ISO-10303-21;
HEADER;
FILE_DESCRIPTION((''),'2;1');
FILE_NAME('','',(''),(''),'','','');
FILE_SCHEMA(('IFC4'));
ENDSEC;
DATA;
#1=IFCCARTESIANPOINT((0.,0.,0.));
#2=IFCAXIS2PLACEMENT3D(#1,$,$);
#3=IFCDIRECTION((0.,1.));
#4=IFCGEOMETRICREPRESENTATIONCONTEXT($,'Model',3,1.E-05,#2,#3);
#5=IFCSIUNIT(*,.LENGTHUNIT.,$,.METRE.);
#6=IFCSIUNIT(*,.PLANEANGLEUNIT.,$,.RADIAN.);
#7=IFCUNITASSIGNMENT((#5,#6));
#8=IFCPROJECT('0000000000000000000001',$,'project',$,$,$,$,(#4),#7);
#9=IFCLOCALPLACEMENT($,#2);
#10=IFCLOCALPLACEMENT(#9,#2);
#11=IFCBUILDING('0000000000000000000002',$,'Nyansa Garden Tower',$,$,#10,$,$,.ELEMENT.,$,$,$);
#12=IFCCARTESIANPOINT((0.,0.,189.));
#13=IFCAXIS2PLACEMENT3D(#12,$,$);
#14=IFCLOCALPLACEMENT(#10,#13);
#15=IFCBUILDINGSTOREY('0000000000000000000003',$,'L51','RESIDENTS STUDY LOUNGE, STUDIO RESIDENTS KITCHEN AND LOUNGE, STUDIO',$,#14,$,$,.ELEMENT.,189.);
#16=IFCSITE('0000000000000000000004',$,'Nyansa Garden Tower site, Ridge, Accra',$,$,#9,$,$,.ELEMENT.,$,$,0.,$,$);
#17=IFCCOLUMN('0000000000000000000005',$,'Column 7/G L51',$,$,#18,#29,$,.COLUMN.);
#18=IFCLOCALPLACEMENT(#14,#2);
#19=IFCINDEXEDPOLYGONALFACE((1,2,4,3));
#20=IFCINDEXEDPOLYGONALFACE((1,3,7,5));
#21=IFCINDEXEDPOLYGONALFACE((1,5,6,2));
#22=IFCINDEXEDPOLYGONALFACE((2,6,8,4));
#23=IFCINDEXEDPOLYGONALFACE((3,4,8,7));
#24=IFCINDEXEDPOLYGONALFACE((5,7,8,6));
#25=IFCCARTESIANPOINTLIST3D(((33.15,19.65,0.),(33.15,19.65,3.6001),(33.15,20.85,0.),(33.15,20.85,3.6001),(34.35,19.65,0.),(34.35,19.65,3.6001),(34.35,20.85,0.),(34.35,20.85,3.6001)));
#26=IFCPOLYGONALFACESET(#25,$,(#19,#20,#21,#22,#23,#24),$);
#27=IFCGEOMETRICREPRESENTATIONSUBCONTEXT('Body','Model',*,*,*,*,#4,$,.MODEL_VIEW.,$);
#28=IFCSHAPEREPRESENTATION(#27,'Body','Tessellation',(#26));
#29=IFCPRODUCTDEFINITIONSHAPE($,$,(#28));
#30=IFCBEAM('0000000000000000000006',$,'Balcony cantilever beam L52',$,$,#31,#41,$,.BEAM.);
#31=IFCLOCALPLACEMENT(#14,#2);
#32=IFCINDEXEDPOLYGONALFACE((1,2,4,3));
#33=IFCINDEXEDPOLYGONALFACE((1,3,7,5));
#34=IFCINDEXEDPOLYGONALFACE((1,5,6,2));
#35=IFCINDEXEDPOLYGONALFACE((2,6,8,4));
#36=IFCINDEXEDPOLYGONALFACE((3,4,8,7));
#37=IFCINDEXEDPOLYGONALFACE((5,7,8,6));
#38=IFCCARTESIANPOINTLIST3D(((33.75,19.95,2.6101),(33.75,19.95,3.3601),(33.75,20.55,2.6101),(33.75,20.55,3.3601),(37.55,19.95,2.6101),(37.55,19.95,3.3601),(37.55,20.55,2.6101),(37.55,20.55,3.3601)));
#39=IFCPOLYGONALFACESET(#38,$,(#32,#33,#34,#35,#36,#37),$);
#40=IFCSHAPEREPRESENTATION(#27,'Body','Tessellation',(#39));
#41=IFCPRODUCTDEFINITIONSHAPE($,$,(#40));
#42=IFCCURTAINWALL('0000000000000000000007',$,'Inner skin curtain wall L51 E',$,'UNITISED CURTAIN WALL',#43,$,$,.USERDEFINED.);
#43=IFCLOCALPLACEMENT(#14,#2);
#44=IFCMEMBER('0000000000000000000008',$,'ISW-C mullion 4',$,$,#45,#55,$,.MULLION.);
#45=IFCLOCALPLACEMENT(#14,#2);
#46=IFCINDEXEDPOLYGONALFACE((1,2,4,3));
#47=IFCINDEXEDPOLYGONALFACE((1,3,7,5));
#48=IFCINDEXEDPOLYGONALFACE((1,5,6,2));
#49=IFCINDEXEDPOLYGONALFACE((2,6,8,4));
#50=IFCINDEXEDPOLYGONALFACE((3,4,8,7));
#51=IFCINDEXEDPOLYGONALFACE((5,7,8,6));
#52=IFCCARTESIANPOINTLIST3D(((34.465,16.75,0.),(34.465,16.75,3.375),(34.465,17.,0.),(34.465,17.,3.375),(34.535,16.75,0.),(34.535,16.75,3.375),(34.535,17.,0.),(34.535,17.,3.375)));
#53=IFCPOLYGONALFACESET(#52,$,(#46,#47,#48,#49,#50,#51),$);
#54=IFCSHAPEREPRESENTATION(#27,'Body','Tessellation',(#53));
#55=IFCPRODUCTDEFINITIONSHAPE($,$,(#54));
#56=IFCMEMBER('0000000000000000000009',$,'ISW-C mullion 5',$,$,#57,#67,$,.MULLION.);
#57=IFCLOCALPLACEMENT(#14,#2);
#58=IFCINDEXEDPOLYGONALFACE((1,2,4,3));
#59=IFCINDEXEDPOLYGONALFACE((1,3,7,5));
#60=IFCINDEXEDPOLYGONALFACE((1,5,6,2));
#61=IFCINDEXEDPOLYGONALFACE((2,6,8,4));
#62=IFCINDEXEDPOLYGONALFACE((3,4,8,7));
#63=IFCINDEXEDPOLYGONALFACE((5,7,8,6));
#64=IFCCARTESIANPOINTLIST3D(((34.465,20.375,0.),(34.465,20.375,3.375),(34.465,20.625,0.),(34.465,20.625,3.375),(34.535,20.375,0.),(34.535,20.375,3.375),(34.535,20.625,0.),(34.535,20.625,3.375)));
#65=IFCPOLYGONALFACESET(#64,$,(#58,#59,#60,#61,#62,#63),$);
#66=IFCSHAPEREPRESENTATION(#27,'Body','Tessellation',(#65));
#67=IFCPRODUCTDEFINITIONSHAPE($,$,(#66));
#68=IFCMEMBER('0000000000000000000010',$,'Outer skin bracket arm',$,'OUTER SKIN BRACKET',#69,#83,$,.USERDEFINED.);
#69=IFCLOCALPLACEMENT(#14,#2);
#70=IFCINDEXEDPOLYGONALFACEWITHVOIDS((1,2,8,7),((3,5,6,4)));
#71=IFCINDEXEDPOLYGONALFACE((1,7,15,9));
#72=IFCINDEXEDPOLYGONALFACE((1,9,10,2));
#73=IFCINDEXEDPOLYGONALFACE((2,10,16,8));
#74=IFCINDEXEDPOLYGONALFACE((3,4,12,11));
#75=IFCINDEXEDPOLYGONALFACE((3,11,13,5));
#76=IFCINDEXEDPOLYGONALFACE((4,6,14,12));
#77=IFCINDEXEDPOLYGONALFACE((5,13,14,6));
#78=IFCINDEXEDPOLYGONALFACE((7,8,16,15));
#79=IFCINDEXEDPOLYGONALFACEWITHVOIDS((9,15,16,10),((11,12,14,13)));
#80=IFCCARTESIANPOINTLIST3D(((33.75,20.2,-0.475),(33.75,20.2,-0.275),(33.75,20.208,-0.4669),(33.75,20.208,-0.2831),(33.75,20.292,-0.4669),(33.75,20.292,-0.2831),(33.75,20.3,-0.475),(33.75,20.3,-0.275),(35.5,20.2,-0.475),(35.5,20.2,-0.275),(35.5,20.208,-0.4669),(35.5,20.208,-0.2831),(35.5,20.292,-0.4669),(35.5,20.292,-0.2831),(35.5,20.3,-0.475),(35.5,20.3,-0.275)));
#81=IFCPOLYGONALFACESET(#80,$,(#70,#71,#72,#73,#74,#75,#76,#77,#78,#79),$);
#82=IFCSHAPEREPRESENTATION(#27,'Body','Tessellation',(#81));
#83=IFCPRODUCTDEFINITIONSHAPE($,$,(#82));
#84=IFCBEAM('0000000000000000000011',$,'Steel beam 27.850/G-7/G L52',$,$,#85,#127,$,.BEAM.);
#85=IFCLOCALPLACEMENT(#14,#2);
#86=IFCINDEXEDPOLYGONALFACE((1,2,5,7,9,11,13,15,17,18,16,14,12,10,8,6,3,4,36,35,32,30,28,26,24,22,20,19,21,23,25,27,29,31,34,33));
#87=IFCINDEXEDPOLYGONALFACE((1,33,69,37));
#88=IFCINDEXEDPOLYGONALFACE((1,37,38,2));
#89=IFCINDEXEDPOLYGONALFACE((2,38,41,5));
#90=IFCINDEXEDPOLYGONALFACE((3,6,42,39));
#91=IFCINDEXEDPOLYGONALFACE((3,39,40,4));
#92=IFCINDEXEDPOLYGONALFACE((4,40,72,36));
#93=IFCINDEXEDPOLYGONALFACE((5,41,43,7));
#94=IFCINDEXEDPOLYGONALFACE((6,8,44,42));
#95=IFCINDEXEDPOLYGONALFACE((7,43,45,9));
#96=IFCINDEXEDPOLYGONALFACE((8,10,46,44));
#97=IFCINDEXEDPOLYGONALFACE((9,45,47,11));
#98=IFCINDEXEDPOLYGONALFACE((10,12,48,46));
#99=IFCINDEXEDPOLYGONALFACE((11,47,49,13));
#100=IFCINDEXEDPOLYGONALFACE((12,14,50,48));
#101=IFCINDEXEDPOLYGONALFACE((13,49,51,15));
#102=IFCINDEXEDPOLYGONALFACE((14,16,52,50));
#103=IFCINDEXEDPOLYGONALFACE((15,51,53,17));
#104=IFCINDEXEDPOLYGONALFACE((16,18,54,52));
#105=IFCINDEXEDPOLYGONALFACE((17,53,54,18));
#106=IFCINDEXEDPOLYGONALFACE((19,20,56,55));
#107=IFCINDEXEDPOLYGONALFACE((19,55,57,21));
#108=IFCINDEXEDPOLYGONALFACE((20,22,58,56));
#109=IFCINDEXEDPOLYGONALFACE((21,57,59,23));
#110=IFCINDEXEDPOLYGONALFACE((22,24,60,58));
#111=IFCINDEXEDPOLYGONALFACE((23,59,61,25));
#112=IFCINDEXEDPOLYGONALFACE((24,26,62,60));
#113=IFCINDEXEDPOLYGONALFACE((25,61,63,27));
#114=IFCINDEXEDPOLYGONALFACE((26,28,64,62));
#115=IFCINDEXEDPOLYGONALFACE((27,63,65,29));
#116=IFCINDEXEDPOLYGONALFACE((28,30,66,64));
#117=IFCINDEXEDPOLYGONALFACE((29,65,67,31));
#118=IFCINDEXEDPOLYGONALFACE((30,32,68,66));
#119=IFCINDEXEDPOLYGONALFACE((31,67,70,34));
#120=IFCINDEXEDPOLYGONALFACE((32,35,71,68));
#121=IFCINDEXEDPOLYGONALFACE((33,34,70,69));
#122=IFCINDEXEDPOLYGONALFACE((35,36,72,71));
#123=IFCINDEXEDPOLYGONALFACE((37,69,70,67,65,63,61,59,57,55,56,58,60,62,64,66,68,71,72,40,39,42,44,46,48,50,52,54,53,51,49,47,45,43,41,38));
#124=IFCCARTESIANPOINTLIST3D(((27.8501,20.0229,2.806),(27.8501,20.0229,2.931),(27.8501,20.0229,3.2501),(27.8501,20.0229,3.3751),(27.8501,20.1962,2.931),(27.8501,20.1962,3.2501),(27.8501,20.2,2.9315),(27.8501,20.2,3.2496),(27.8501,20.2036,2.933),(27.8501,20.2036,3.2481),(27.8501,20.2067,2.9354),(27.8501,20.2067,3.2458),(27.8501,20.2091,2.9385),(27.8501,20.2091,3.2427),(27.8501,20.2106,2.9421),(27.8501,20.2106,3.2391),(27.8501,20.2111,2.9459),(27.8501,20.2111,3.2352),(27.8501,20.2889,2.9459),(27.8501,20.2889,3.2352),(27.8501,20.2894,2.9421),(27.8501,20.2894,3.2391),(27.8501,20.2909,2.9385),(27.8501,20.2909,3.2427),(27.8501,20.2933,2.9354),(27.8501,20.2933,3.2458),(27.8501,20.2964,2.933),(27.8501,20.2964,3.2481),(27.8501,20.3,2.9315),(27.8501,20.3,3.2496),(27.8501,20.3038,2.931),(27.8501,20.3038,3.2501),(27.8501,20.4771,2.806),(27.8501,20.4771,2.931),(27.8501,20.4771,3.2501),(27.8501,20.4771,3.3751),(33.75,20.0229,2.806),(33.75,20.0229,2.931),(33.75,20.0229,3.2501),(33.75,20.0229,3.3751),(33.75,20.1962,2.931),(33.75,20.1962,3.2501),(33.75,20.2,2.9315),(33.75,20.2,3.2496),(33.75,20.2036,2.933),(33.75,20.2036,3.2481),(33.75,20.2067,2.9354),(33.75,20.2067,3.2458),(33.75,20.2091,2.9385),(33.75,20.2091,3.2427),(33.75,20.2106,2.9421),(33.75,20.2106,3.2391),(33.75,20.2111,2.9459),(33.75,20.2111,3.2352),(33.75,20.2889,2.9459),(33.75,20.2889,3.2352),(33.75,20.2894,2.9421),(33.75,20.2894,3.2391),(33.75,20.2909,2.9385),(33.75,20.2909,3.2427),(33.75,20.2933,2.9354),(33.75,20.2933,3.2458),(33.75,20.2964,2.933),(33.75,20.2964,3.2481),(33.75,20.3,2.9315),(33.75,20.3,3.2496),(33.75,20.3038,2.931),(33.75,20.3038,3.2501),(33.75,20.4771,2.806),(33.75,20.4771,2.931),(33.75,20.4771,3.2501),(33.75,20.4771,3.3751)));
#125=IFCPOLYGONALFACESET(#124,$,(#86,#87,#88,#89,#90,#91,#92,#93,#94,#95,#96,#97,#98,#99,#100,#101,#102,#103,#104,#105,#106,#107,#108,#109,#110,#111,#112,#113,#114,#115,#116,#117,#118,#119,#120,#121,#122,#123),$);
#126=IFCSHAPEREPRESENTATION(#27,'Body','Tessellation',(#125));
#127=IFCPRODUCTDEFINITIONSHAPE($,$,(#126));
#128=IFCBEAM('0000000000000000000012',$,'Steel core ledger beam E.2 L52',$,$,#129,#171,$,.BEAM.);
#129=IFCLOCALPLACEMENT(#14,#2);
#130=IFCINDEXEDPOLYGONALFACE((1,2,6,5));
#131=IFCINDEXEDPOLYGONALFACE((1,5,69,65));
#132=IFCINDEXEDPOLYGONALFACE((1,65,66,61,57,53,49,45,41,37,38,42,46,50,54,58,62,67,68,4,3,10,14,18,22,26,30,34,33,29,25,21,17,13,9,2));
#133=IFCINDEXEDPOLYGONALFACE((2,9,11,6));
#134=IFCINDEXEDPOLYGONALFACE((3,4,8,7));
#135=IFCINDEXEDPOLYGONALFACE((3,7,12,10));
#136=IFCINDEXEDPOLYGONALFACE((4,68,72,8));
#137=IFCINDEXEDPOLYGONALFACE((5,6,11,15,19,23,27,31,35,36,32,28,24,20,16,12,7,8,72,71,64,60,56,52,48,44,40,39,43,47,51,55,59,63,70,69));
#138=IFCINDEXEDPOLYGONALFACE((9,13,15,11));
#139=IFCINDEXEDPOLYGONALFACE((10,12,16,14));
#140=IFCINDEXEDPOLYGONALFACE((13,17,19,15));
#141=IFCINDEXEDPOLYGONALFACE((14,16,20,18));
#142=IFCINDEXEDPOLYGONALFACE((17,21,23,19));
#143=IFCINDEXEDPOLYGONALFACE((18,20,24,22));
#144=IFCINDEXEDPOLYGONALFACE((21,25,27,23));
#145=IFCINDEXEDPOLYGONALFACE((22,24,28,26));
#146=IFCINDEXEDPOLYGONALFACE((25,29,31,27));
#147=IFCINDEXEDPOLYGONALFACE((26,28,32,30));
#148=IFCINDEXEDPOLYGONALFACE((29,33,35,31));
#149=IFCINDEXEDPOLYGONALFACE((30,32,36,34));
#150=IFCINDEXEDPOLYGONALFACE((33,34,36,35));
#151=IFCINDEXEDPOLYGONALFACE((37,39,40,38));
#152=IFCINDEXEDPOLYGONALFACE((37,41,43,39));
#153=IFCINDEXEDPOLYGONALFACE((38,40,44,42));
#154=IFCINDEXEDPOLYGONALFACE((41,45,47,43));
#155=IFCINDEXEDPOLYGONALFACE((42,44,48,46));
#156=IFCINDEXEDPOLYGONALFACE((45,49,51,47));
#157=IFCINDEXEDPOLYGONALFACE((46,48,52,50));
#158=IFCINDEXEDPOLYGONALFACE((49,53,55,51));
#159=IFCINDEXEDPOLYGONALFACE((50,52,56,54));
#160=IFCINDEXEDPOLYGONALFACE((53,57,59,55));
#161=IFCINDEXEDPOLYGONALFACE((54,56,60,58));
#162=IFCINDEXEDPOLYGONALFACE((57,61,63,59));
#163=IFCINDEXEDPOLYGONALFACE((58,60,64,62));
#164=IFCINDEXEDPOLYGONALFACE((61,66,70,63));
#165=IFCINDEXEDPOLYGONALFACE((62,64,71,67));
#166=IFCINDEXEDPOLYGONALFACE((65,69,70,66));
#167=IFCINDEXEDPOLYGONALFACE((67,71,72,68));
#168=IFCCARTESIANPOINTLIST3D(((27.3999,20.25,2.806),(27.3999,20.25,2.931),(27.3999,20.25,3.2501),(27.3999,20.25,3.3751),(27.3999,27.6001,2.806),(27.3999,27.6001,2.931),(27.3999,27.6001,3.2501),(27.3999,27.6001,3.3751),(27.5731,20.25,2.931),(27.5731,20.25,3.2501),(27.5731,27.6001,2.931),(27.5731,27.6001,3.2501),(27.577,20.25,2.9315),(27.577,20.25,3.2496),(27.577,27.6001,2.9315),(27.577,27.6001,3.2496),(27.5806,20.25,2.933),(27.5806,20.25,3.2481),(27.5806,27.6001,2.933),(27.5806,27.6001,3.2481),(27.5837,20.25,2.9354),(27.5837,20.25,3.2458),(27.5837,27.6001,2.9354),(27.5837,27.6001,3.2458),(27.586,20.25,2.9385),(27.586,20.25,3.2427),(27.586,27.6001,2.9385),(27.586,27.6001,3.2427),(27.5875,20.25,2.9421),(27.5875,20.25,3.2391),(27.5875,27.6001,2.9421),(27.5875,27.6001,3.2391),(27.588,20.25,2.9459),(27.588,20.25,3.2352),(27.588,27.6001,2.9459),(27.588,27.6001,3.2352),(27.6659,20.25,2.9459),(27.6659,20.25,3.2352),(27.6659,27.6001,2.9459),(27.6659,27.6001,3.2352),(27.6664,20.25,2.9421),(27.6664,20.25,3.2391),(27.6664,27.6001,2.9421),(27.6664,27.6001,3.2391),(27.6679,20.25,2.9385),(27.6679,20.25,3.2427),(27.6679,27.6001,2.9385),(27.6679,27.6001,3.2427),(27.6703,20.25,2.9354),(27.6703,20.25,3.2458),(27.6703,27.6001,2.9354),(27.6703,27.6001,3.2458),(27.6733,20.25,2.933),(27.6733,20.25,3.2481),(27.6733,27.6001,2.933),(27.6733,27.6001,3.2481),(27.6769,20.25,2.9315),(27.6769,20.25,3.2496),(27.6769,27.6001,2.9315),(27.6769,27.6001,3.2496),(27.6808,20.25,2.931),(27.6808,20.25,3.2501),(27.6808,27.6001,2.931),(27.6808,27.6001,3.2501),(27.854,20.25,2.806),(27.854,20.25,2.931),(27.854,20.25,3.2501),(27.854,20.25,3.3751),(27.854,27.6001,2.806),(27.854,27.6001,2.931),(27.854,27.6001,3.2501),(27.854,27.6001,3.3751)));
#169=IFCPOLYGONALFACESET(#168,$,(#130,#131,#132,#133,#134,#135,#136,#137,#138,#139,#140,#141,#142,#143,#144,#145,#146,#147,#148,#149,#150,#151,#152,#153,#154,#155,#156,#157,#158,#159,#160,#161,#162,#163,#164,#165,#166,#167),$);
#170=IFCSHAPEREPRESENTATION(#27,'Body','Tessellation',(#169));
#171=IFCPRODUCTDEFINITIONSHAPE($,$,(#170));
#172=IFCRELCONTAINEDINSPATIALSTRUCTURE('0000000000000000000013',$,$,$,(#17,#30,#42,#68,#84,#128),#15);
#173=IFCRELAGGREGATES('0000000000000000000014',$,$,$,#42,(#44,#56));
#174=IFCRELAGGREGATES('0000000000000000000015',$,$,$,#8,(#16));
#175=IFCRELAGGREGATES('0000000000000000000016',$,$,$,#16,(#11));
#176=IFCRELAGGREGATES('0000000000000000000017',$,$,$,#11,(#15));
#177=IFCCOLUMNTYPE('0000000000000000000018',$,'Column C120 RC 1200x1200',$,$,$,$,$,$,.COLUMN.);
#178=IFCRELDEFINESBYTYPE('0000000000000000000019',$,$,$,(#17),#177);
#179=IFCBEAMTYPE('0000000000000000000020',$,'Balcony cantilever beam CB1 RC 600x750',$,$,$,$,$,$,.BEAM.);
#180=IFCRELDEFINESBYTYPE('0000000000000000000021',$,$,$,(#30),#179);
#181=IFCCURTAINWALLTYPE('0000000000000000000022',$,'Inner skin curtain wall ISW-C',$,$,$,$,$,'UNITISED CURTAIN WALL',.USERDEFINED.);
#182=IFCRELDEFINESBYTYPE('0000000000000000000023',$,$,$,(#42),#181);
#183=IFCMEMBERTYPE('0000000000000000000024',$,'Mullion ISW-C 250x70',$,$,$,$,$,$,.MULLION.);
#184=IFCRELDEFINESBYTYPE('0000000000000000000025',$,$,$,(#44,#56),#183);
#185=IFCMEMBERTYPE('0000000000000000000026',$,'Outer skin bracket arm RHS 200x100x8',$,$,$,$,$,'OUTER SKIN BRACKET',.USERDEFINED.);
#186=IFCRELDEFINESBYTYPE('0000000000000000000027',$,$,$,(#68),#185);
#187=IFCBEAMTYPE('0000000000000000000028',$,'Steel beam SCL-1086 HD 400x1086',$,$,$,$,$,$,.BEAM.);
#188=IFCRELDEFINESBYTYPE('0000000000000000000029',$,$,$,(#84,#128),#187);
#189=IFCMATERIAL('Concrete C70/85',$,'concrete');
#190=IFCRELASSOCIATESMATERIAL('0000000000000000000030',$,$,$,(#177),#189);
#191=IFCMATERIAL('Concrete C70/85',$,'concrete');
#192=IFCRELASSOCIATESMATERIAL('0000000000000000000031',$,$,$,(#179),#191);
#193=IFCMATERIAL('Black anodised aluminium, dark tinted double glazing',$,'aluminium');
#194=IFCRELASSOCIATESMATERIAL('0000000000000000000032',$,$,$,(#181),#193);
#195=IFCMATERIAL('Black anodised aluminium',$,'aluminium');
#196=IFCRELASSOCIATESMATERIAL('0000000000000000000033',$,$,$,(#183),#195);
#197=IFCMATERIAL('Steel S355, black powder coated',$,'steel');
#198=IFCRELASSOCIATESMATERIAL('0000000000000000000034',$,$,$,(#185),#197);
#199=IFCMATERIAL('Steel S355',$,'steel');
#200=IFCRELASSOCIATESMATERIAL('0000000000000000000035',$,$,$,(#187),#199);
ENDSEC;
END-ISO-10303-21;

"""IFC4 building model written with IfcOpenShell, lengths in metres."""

from ifc_helpers import new_model, si_unit, direction, frame, origin, origin_2d, place, context, subcontext, project, spatial, rectangle, hollow_rectangle, i_section, extrude, material, material_profile, profile_set, type_object, element, aggregate, save


model = new_model("IFC4")

# Units and contexts
model_context = context("Model", 3, precision=1e-05, world=origin(), true_north=direction((0.0, 1.0)))
body_context = subcontext(model_context, "Body", "Model", "MODEL_VIEW")
ifc_project = project(units=[si_unit("LENGTHUNIT", "METRE"), si_unit("PLANEANGLEUNIT", "RADIAN")], contexts=[model_context])

# Site, building, storey
site_placement = place(None, origin())
site = spatial("IfcSite", under=ifc_project, at=site_placement, Name="Nyansa Garden Tower site, Ridge, Accra", CompositionType="ELEMENT", RefElevation=0.0)
building_placement = place(site_placement, origin())
building = spatial("IfcBuilding", under=site, at=building_placement, Name="Nyansa Garden Tower", CompositionType="ELEMENT")
storey_placement = place(building_placement, frame((0.0, 0.0, 189.0)))
storey = spatial("IfcBuildingStorey", under=building, at=storey_placement, Name="L51", Description="RESIDENTS STUDY LOUNGE, STUDIO RESIDENTS KITCHEN AND LOUNGE, STUDIO", CompositionType="ELEMENT", Elevation=189.0)

# Column
ifc_material_1 = material(Name="Concrete C70/85", Category="concrete")
ifc_material_profile_1 = material_profile(ifc_material_1, rectangle(XDim=1.2, YDim=1.2, at=origin_2d()), Name="RC 1200x1200")
ifc_profile_set_1 = profile_set([ifc_material_profile_1], Name="Concrete C70/85")
column_type = type_object("IfcColumnType", Name="Column C120 RC 1200x1200", PredefinedType="COLUMN", material=ifc_profile_set_1)
column_placement = place(storey_placement, frame((33.75, 20.25, 0.0), z_axis=(0.0, 0.0, 1.0), x_axis=(1.0, 0.0, 0.0)))
element("IfcColumn", 1, at=column_placement, inside=storey, type_object=column_type, Name="Column 7/G L51", PredefinedType="COLUMN", context=body_context, shape_type="SweptSolid", body=[
    extrude(rectangle(XDim=1.2, YDim=1.2, at=origin_2d()), origin(), (0.0, 0.0, 1.0), 3.6001),
])

# Beam
ifc_material_2 = material(Name="Concrete C70/85", Category="concrete")
ifc_material_profile_2 = material_profile(ifc_material_2, rectangle(XDim=0.6001, YDim=0.75, at=origin_2d()), Name="RC 600x750")
ifc_profile_set_2 = profile_set([ifc_material_profile_2], Name="Concrete C70/85")
beam_type_1 = type_object("IfcBeamType", Name="Balcony cantilever beam CB1 RC 600x750", PredefinedType="BEAM", material=ifc_profile_set_2)
beam_1_placement = place(storey_placement, frame((33.75, 20.25, 2.9851), z_axis=(1.0, 0.0, 0.0), x_axis=(0.0, 1.0, 0.0)))
element("IfcBeam", 2, at=beam_1_placement, inside=storey, type_object=beam_type_1, Name="Balcony cantilever beam L52", PredefinedType="BEAM", context=body_context, shape_type="SweptSolid", body=[
    extrude(rectangle(XDim=0.6001, YDim=0.75, at=origin_2d()), origin(), (0.0, 0.0, 1.0), 3.8),
])

# Curtain wall, members
ifc_material_3 = material(Name="Black anodised aluminium, dark tinted double glazing", Category="aluminium")
curtain_wall_type = type_object("IfcCurtainWallType", Name="Inner skin curtain wall ISW-C", ElementType="UNITISED CURTAIN WALL", PredefinedType="USERDEFINED", material=ifc_material_3)
curtain_wall_placement = place(storey_placement, origin())
curtain_wall = element("IfcCurtainWall", 3, at=curtain_wall_placement, inside=storey, type_object=curtain_wall_type, Name="Inner skin curtain wall L51 E", ObjectType="UNITISED CURTAIN WALL", PredefinedType="USERDEFINED")
ifc_material_4 = material(Name="Black anodised aluminium", Category="aluminium")
ifc_material_profile_3 = material_profile(ifc_material_4, rectangle(XDim=0.0701, YDim=0.25, at=origin_2d()), Name="Mullion 250x70")
ifc_profile_set_3 = profile_set([ifc_material_profile_3], Name="Black anodised aluminium")
member_type_1 = type_object("IfcMemberType", Name="Mullion ISW-C 250x70", PredefinedType="MULLION", material=ifc_profile_set_3)
member_1_placement = place(storey_placement, frame((34.5, 16.875, 0.0), z_axis=(0.0, 0.0, 1.0), x_axis=(-1.0, 0.0, 0.0)))
member_1 = element("IfcMember", 4, at=member_1_placement, type_object=member_type_1, Name="ISW-C mullion 4", PredefinedType="MULLION", context=body_context, shape_type="SweptSolid", body=[
    extrude(rectangle(XDim=0.0701, YDim=0.25, at=origin_2d()), origin(), (0.0, 0.0, 1.0), 3.375),
])
member_2_placement = place(storey_placement, frame((34.5, 20.5, 0.0), z_axis=(0.0, 0.0, 1.0), x_axis=(-1.0, 0.0, 0.0)))
member_2 = element("IfcMember", 5, at=member_2_placement, type_object=member_type_1, Name="ISW-C mullion 5", PredefinedType="MULLION", context=body_context, shape_type="SweptSolid", body=[
    extrude(rectangle(XDim=0.0701, YDim=0.25, at=origin_2d()), origin(), (0.0, 0.0, 1.0), 3.375),
])

# Member
ifc_material_5 = material(Name="Steel S355, black powder coated", Category="steel")
ifc_material_profile_4 = material_profile(ifc_material_5, hollow_rectangle(XDim=0.1001, YDim=0.2, WallThickness=0.0081, at=origin_2d()), Name="RHS 200x100x8")
ifc_profile_set_4 = profile_set([ifc_material_profile_4], Name="Steel S355, black powder coated")
member_type_2 = type_object("IfcMemberType", Name="Outer skin bracket arm RHS 200x100x8", ElementType="OUTER SKIN BRACKET", PredefinedType="USERDEFINED", material=ifc_profile_set_4)
member_3_placement = place(storey_placement, frame((33.75, 20.25, -0.375), z_axis=(1.0, 0.0, 0.0), x_axis=(0.0, 1.0, 0.0)))
element("IfcMember", 6, at=member_3_placement, inside=storey, type_object=member_type_2, Name="Outer skin bracket arm", ObjectType="OUTER SKIN BRACKET", PredefinedType="USERDEFINED", context=body_context, shape_type="SweptSolid", body=[
    extrude(hollow_rectangle(XDim=0.1001, YDim=0.2, WallThickness=0.0081, at=origin_2d()), origin(), (0.0, 0.0, 1.0), 1.75),
])

# Beams
ifc_material_6 = material(Name="Steel S355", Category="steel")
ifc_material_profile_5 = material_profile(ifc_material_6, i_section(OverallWidth=0.4541, OverallDepth=0.5691, WebThickness=0.0779, FlangeThickness=0.125, FilletRadius=0.0149, at=origin_2d()), Name="HD 400x1086")
ifc_profile_set_5 = profile_set([ifc_material_profile_5], Name="Steel S355")
beam_type_2 = type_object("IfcBeamType", Name="Steel beam SCL-1086 HD 400x1086", PredefinedType="BEAM", material=ifc_profile_set_5)
beam_2_placement = place(storey_placement, frame((27.8501, 20.25, 3.0906), z_axis=(1.0, 0.0, 0.0), x_axis=(0.0, 1.0, 0.0)))
element("IfcBeam", 7, at=beam_2_placement, inside=storey, type_object=beam_type_2, Name="Steel beam 27.850/G-7/G L52", PredefinedType="BEAM", context=body_context, shape_type="SweptSolid", body=[
    extrude(i_section(OverallWidth=0.4541, OverallDepth=0.5691, WebThickness=0.0779, FlangeThickness=0.125, FilletRadius=0.0149, at=origin_2d()), origin(), (0.0, 0.0, 1.0), 5.8999),
])
beam_3_placement = place(storey_placement, frame((27.627, 20.25, 3.0906), z_axis=(0.0, 1.0, 0.0), x_axis=(-1.0, 0.0, 0.0)))
element("IfcBeam", 8, at=beam_3_placement, inside=storey, type_object=beam_type_2, Name="Steel core ledger beam E.2 L52", PredefinedType="BEAM", context=body_context, shape_type="SweptSolid", body=[
    extrude(i_section(OverallWidth=0.4541, OverallDepth=0.5691, WebThickness=0.0779, FlangeThickness=0.125, FilletRadius=0.0149, at=origin_2d()), origin(), (0.0, 0.0, 1.0), 7.3501),
])

aggregate(curtain_wall, [member_1, member_2])

save(model, "model.ifc")
